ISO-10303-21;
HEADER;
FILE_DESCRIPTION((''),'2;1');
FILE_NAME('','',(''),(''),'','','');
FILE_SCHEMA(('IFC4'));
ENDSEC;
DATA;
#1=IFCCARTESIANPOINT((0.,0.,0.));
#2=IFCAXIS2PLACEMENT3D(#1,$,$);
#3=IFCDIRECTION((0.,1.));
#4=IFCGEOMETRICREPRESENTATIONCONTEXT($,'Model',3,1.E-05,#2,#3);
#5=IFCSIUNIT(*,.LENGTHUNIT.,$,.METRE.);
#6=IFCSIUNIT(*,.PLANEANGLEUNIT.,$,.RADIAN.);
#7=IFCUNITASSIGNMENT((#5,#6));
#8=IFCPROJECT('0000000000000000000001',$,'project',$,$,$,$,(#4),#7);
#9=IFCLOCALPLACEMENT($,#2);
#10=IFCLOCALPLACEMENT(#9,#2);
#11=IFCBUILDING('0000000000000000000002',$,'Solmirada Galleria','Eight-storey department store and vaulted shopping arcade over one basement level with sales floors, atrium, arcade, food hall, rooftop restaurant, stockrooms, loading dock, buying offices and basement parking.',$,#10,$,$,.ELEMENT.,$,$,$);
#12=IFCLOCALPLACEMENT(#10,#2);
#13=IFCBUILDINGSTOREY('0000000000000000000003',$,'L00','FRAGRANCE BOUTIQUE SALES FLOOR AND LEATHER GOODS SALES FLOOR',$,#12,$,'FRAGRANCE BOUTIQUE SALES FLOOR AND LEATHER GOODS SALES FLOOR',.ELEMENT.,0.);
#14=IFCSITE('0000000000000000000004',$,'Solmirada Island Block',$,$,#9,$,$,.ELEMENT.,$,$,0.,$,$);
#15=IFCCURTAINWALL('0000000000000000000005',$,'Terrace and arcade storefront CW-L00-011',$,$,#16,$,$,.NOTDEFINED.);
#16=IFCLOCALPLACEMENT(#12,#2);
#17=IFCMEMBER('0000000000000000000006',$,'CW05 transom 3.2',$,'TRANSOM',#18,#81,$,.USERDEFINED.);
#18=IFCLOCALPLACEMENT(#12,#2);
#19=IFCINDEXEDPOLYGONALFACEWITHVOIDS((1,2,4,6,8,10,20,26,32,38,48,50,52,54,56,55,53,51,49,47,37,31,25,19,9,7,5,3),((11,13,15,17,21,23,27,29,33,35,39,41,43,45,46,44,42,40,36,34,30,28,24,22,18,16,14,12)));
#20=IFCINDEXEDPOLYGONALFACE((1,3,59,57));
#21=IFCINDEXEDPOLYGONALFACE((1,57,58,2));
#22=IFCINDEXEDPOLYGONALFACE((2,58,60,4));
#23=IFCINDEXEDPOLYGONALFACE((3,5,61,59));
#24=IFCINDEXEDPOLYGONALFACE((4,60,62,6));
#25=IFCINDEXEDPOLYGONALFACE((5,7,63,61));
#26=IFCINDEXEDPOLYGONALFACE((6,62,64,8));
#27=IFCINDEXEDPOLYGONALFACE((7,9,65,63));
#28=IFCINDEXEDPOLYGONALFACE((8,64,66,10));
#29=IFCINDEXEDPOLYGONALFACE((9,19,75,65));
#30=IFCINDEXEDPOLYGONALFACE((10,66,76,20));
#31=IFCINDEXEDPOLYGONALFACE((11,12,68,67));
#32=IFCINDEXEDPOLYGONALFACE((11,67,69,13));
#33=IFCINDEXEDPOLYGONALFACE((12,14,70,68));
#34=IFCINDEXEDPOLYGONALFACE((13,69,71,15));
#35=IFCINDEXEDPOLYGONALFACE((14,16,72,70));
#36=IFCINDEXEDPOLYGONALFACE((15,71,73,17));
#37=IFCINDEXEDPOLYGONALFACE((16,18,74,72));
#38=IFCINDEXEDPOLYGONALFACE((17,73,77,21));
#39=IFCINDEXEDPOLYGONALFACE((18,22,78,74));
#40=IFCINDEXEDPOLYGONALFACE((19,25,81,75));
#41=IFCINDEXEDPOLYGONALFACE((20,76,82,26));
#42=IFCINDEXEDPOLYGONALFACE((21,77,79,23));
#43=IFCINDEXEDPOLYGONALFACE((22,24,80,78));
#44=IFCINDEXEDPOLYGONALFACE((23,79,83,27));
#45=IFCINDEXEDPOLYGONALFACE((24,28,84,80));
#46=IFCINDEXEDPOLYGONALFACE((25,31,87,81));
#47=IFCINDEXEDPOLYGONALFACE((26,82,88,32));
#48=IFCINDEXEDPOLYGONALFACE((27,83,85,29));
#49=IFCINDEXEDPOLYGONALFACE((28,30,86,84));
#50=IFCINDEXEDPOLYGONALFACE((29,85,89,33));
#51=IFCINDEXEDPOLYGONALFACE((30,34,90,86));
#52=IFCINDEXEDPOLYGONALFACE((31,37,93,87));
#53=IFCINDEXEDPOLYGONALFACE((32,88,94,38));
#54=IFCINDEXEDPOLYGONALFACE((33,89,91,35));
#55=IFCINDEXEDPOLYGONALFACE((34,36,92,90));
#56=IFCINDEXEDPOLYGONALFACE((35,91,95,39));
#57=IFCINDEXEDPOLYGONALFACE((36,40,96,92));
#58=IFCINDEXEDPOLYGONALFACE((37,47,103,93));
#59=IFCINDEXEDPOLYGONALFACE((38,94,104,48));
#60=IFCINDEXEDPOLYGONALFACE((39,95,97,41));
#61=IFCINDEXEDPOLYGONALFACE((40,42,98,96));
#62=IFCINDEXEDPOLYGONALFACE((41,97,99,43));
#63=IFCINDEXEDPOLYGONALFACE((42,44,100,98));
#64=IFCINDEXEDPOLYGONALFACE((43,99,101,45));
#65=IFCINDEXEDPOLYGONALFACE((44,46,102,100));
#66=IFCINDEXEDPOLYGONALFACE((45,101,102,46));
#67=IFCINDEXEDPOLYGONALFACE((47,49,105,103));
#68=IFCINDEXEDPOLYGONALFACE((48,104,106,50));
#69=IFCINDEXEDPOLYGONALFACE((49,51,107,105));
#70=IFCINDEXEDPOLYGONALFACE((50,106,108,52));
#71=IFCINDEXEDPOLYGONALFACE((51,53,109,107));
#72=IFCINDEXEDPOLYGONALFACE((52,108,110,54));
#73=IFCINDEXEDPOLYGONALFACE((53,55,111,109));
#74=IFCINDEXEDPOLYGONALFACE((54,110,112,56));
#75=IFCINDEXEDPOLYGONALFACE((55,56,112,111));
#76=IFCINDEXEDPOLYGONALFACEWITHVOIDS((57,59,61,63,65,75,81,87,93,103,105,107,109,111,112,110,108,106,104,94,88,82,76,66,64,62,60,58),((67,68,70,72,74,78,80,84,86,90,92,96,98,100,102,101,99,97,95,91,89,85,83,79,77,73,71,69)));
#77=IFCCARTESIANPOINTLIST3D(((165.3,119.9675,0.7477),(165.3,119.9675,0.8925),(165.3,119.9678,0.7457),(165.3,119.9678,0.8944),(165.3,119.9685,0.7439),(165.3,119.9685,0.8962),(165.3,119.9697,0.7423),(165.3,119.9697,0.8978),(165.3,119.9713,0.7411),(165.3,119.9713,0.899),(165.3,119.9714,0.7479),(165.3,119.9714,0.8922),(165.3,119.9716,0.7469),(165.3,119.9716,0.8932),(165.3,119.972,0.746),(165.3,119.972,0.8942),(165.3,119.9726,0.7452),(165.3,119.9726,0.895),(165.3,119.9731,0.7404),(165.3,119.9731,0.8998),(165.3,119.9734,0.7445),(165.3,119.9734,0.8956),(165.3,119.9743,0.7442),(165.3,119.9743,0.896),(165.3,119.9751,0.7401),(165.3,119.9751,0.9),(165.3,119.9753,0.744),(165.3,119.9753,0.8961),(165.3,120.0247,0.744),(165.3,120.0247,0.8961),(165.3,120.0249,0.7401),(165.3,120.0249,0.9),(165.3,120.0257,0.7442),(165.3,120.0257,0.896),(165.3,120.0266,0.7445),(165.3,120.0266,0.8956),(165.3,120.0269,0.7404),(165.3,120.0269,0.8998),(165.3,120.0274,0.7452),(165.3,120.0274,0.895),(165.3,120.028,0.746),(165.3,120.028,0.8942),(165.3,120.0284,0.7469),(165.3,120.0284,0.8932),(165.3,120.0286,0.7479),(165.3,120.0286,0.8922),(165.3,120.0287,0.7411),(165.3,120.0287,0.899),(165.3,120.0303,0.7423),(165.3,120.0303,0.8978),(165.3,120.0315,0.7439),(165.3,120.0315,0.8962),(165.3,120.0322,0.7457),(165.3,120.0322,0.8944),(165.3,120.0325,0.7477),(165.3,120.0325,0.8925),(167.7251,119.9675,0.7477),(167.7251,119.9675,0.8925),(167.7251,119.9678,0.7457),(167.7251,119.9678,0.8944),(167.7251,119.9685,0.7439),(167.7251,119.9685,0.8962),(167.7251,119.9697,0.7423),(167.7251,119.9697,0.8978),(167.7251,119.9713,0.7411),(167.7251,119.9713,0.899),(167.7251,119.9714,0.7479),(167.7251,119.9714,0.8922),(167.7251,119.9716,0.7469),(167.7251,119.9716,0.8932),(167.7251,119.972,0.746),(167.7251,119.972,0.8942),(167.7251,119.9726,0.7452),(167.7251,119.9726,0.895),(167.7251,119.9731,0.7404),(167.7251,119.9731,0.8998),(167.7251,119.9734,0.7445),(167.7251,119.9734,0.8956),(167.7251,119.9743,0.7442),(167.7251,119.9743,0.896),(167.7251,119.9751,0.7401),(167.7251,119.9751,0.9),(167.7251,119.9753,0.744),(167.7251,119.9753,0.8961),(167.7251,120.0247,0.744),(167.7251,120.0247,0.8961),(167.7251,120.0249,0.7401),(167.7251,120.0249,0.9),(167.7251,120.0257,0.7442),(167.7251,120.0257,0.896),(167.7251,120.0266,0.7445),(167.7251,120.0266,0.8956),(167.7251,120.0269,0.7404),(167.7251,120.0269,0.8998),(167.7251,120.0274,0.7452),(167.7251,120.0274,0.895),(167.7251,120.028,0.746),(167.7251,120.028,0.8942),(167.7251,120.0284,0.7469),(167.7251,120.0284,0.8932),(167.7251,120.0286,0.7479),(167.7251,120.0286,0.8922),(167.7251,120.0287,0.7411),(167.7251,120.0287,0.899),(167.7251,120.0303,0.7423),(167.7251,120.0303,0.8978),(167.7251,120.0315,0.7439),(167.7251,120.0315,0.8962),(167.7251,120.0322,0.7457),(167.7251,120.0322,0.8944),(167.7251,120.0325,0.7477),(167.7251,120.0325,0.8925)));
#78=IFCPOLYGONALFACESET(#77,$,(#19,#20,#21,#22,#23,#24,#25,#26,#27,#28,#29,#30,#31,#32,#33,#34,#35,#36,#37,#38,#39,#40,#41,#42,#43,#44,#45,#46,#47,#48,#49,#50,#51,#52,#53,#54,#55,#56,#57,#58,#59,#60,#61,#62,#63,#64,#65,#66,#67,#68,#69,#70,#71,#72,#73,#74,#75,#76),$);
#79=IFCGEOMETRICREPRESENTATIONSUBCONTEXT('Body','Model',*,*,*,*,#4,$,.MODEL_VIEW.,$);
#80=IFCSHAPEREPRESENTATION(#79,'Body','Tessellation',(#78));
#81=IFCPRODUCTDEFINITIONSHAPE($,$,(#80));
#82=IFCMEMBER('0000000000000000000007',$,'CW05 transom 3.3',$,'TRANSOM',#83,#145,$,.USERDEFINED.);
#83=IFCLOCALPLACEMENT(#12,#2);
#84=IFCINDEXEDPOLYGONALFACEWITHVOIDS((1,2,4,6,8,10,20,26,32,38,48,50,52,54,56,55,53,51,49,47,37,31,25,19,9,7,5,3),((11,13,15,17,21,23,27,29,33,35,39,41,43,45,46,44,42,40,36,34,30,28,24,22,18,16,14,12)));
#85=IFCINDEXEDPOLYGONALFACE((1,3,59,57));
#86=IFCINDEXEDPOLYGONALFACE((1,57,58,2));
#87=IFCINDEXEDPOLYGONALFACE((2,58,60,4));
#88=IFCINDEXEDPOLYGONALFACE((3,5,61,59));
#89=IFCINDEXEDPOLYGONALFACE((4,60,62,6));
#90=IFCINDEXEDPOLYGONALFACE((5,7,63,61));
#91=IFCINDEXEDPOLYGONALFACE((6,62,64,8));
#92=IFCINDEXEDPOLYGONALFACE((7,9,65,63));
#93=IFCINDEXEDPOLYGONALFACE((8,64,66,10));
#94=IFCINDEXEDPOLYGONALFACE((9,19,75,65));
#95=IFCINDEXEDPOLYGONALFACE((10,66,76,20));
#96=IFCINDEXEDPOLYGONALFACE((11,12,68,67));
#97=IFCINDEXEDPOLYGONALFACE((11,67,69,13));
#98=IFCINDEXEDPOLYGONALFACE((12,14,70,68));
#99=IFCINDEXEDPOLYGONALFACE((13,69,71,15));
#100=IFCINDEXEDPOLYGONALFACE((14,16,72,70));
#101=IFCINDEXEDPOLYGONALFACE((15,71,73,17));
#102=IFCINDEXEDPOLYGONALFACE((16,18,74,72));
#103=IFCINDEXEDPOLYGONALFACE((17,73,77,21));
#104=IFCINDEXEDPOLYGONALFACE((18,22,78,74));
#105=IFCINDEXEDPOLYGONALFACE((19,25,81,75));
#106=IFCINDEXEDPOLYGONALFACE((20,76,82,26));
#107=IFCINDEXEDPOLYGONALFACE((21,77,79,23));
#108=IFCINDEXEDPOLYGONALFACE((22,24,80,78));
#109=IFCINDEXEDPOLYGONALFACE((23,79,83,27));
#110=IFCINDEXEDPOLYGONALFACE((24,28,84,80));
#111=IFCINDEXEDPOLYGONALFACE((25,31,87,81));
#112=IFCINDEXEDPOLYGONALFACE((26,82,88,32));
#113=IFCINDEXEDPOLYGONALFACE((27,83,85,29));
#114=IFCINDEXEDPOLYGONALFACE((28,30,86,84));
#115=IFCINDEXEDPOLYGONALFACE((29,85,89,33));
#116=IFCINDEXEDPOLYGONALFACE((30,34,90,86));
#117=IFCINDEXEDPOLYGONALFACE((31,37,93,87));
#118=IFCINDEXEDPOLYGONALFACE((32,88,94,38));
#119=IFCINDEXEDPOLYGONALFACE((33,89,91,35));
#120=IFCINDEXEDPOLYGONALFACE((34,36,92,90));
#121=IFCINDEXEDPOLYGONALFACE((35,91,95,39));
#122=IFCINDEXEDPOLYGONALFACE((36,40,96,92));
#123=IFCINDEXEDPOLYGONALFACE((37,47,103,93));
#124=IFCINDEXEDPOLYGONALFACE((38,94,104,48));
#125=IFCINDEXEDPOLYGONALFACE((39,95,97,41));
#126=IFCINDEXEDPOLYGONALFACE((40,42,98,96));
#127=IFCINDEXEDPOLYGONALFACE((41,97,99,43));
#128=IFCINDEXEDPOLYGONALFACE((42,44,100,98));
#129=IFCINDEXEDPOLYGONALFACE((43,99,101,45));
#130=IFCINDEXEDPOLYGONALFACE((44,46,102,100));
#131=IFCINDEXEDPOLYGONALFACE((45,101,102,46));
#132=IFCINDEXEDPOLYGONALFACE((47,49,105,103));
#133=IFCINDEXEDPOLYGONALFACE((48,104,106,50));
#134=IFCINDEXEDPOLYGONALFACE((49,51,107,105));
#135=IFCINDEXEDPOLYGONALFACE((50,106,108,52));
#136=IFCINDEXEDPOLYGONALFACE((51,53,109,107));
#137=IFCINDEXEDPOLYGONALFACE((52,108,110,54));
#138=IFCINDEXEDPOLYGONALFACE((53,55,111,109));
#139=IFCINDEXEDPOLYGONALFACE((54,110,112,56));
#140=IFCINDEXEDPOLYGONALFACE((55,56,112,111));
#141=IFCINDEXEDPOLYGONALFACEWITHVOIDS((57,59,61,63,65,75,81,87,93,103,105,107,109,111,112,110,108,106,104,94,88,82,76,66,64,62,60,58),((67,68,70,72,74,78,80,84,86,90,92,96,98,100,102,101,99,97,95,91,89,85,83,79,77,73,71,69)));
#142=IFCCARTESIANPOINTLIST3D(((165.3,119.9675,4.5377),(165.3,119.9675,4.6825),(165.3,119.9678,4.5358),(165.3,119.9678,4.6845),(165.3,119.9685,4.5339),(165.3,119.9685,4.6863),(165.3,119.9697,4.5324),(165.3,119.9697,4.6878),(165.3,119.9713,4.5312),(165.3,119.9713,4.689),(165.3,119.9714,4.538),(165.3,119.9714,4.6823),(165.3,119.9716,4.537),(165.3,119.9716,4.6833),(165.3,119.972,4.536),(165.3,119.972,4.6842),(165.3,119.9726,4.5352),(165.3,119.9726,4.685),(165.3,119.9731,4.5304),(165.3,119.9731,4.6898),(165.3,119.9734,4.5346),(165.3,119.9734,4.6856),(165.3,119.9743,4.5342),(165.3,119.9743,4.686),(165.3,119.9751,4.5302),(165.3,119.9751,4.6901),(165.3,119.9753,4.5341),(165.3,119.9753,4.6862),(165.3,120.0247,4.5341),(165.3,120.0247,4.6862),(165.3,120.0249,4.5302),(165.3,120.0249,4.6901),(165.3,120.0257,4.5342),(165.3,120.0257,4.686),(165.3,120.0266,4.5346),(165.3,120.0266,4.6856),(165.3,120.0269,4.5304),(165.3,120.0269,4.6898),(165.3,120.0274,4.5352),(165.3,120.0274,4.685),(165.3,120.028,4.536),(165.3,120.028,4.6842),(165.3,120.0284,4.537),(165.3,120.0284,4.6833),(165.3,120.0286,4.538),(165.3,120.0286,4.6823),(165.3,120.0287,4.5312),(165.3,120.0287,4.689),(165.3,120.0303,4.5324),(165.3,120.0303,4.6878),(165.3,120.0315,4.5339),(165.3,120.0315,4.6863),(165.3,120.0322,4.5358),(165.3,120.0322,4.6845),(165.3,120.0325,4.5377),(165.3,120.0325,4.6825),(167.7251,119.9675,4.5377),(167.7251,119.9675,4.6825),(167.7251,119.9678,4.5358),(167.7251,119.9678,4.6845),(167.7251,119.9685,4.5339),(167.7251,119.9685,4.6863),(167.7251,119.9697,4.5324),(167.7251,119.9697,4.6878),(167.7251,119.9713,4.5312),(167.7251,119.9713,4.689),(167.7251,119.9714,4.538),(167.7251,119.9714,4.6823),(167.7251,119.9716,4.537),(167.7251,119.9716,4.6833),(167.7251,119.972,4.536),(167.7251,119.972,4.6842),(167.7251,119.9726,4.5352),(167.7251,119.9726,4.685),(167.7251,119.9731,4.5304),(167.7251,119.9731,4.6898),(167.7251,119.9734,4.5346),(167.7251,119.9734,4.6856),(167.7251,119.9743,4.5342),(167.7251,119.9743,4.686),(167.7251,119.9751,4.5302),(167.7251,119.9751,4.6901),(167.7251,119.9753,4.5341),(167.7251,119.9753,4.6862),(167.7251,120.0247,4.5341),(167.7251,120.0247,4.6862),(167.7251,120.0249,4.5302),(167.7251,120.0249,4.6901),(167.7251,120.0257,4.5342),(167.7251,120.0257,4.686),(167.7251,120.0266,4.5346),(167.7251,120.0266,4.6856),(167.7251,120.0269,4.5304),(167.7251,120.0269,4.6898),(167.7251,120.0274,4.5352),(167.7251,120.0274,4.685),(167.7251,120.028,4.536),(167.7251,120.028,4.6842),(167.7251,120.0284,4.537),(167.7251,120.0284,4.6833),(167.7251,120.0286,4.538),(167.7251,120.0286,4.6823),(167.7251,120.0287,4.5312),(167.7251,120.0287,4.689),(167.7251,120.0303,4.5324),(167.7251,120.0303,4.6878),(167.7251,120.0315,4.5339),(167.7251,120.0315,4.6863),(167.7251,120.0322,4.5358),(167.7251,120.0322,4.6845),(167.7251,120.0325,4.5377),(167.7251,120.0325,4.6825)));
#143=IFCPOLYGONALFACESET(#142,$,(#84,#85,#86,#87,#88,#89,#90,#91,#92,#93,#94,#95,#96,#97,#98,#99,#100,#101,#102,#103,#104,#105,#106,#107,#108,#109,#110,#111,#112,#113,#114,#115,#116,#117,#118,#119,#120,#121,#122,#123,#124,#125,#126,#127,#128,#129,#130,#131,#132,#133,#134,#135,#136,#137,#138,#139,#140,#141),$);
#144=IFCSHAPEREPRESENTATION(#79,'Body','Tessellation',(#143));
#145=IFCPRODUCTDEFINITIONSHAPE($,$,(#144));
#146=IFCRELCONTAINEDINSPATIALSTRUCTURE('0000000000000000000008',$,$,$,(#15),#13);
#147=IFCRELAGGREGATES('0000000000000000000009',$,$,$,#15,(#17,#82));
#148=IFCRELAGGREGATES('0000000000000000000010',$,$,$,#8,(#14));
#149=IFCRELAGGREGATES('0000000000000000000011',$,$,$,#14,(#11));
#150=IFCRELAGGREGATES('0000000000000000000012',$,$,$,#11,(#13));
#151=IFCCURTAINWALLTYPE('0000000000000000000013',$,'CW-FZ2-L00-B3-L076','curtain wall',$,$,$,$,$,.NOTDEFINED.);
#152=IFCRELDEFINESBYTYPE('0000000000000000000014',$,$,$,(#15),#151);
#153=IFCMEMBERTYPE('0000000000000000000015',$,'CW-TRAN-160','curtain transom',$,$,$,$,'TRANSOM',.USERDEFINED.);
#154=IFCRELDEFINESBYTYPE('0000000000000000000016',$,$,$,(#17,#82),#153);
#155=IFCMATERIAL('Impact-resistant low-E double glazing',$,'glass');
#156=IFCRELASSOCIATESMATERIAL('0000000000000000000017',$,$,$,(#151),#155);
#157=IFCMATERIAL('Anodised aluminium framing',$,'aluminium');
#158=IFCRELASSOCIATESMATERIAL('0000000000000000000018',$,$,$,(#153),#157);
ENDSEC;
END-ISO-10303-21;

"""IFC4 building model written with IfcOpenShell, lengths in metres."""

from ifc_helpers import new_model, si_unit, direction, frame, origin, origin_2d, place, context, subcontext, project, spatial, hollow_rectangle, extrude, material, material_profile, profile_set, type_object, element, aggregate, save


model = new_model("IFC4")

# Units and contexts
model_context = context("Model", 3, precision=1e-05, world=origin(), true_north=direction((0.0, 1.0)))
body_context = subcontext(model_context, "Body", "Model", "MODEL_VIEW")
ifc_project = project(units=[si_unit("LENGTHUNIT", "METRE"), si_unit("PLANEANGLEUNIT", "RADIAN")], contexts=[model_context])

# Site, building, storey
site_placement = place(None, origin())
site = spatial("IfcSite", under=ifc_project, at=site_placement, Name="Solmirada Island Block", CompositionType="ELEMENT", RefElevation=0.0)
building_placement = place(site_placement, origin())
building = spatial("IfcBuilding", under=site, at=building_placement, Name="Solmirada Galleria", Description="Eight-storey department store and vaulted shopping arcade over one basement level with sales floors, atrium, arcade, food hall, rooftop restaurant, stockrooms, loading dock, buying offices and basement parking.", CompositionType="ELEMENT")
storey_placement = place(building_placement, origin())
storey = spatial("IfcBuildingStorey", under=building, at=storey_placement, Name="L00", Description="FRAGRANCE BOUTIQUE SALES FLOOR AND LEATHER GOODS SALES FLOOR", LongName="FRAGRANCE BOUTIQUE SALES FLOOR AND LEATHER GOODS SALES FLOOR", CompositionType="ELEMENT", Elevation=0.0)

# Curtain wall, members
ifc_material_1 = material(Name="Impact-resistant low-E double glazing", Category="glass")
curtain_wall_type = type_object("IfcCurtainWallType", Name="CW-FZ2-L00-B3-L076", Description="curtain wall", PredefinedType="NOTDEFINED", material=ifc_material_1)
curtain_wall_placement = place(storey_placement, origin())
curtain_wall = element("IfcCurtainWall", 1, at=curtain_wall_placement, inside=storey, type_object=curtain_wall_type, Name="Terrace and arcade storefront CW-L00-011", PredefinedType="NOTDEFINED")
ifc_material_2 = material(Name="Anodised aluminium framing", Category="aluminium")
ifc_material_profile_1 = material_profile(ifc_material_2, hollow_rectangle(XDim=0.0649, YDim=0.1599, WallThickness=0.0039, InnerFilletRadius=0.0039, OuterFilletRadius=0.0076, at=origin_2d()), Name="ALU-TRAN-160X65")
ifc_profile_set_1 = profile_set([ifc_material_profile_1], Name="Anodised aluminium framing")
member_type_1 = type_object("IfcMemberType", Name="CW-TRAN-160", Description="curtain transom", ElementType="TRANSOM", PredefinedType="USERDEFINED", material=ifc_profile_set_1)
member_1_placement = place(storey_placement, frame((165.3, 120.0, 0.8201), z_axis=(1.0, 0.0, 0.0), x_axis=(0.0, 1.0, 0.0)))
member_1 = element("IfcMember", 2, at=member_1_placement, type_object=member_type_1, Name="CW05 transom 3.2", ObjectType="TRANSOM", PredefinedType="USERDEFINED", context=body_context, shape_type="SweptSolid", body=[
    extrude(hollow_rectangle(XDim=0.0649, YDim=0.1599, WallThickness=0.0039, InnerFilletRadius=0.0039, OuterFilletRadius=0.0076, at=origin_2d()), origin(), (0.0, 0.0, 1.0), 2.425),
])
member_2_placement = place(storey_placement, frame((165.3, 120.0, 4.6101), z_axis=(1.0, 0.0, 0.0), x_axis=(0.0, 1.0, 0.0)))
member_2 = element("IfcMember", 3, at=member_2_placement, type_object=member_type_1, Name="CW05 transom 3.3", ObjectType="TRANSOM", PredefinedType="USERDEFINED", context=body_context, shape_type="SweptSolid", body=[
    extrude(hollow_rectangle(XDim=0.0649, YDim=0.1599, WallThickness=0.0039, InnerFilletRadius=0.0039, OuterFilletRadius=0.0076, at=origin_2d()), origin(), (0.0, 0.0, 1.0), 2.425),
])
aggregate(curtain_wall, [member_1, member_2])

save(model, "model.ifc")
